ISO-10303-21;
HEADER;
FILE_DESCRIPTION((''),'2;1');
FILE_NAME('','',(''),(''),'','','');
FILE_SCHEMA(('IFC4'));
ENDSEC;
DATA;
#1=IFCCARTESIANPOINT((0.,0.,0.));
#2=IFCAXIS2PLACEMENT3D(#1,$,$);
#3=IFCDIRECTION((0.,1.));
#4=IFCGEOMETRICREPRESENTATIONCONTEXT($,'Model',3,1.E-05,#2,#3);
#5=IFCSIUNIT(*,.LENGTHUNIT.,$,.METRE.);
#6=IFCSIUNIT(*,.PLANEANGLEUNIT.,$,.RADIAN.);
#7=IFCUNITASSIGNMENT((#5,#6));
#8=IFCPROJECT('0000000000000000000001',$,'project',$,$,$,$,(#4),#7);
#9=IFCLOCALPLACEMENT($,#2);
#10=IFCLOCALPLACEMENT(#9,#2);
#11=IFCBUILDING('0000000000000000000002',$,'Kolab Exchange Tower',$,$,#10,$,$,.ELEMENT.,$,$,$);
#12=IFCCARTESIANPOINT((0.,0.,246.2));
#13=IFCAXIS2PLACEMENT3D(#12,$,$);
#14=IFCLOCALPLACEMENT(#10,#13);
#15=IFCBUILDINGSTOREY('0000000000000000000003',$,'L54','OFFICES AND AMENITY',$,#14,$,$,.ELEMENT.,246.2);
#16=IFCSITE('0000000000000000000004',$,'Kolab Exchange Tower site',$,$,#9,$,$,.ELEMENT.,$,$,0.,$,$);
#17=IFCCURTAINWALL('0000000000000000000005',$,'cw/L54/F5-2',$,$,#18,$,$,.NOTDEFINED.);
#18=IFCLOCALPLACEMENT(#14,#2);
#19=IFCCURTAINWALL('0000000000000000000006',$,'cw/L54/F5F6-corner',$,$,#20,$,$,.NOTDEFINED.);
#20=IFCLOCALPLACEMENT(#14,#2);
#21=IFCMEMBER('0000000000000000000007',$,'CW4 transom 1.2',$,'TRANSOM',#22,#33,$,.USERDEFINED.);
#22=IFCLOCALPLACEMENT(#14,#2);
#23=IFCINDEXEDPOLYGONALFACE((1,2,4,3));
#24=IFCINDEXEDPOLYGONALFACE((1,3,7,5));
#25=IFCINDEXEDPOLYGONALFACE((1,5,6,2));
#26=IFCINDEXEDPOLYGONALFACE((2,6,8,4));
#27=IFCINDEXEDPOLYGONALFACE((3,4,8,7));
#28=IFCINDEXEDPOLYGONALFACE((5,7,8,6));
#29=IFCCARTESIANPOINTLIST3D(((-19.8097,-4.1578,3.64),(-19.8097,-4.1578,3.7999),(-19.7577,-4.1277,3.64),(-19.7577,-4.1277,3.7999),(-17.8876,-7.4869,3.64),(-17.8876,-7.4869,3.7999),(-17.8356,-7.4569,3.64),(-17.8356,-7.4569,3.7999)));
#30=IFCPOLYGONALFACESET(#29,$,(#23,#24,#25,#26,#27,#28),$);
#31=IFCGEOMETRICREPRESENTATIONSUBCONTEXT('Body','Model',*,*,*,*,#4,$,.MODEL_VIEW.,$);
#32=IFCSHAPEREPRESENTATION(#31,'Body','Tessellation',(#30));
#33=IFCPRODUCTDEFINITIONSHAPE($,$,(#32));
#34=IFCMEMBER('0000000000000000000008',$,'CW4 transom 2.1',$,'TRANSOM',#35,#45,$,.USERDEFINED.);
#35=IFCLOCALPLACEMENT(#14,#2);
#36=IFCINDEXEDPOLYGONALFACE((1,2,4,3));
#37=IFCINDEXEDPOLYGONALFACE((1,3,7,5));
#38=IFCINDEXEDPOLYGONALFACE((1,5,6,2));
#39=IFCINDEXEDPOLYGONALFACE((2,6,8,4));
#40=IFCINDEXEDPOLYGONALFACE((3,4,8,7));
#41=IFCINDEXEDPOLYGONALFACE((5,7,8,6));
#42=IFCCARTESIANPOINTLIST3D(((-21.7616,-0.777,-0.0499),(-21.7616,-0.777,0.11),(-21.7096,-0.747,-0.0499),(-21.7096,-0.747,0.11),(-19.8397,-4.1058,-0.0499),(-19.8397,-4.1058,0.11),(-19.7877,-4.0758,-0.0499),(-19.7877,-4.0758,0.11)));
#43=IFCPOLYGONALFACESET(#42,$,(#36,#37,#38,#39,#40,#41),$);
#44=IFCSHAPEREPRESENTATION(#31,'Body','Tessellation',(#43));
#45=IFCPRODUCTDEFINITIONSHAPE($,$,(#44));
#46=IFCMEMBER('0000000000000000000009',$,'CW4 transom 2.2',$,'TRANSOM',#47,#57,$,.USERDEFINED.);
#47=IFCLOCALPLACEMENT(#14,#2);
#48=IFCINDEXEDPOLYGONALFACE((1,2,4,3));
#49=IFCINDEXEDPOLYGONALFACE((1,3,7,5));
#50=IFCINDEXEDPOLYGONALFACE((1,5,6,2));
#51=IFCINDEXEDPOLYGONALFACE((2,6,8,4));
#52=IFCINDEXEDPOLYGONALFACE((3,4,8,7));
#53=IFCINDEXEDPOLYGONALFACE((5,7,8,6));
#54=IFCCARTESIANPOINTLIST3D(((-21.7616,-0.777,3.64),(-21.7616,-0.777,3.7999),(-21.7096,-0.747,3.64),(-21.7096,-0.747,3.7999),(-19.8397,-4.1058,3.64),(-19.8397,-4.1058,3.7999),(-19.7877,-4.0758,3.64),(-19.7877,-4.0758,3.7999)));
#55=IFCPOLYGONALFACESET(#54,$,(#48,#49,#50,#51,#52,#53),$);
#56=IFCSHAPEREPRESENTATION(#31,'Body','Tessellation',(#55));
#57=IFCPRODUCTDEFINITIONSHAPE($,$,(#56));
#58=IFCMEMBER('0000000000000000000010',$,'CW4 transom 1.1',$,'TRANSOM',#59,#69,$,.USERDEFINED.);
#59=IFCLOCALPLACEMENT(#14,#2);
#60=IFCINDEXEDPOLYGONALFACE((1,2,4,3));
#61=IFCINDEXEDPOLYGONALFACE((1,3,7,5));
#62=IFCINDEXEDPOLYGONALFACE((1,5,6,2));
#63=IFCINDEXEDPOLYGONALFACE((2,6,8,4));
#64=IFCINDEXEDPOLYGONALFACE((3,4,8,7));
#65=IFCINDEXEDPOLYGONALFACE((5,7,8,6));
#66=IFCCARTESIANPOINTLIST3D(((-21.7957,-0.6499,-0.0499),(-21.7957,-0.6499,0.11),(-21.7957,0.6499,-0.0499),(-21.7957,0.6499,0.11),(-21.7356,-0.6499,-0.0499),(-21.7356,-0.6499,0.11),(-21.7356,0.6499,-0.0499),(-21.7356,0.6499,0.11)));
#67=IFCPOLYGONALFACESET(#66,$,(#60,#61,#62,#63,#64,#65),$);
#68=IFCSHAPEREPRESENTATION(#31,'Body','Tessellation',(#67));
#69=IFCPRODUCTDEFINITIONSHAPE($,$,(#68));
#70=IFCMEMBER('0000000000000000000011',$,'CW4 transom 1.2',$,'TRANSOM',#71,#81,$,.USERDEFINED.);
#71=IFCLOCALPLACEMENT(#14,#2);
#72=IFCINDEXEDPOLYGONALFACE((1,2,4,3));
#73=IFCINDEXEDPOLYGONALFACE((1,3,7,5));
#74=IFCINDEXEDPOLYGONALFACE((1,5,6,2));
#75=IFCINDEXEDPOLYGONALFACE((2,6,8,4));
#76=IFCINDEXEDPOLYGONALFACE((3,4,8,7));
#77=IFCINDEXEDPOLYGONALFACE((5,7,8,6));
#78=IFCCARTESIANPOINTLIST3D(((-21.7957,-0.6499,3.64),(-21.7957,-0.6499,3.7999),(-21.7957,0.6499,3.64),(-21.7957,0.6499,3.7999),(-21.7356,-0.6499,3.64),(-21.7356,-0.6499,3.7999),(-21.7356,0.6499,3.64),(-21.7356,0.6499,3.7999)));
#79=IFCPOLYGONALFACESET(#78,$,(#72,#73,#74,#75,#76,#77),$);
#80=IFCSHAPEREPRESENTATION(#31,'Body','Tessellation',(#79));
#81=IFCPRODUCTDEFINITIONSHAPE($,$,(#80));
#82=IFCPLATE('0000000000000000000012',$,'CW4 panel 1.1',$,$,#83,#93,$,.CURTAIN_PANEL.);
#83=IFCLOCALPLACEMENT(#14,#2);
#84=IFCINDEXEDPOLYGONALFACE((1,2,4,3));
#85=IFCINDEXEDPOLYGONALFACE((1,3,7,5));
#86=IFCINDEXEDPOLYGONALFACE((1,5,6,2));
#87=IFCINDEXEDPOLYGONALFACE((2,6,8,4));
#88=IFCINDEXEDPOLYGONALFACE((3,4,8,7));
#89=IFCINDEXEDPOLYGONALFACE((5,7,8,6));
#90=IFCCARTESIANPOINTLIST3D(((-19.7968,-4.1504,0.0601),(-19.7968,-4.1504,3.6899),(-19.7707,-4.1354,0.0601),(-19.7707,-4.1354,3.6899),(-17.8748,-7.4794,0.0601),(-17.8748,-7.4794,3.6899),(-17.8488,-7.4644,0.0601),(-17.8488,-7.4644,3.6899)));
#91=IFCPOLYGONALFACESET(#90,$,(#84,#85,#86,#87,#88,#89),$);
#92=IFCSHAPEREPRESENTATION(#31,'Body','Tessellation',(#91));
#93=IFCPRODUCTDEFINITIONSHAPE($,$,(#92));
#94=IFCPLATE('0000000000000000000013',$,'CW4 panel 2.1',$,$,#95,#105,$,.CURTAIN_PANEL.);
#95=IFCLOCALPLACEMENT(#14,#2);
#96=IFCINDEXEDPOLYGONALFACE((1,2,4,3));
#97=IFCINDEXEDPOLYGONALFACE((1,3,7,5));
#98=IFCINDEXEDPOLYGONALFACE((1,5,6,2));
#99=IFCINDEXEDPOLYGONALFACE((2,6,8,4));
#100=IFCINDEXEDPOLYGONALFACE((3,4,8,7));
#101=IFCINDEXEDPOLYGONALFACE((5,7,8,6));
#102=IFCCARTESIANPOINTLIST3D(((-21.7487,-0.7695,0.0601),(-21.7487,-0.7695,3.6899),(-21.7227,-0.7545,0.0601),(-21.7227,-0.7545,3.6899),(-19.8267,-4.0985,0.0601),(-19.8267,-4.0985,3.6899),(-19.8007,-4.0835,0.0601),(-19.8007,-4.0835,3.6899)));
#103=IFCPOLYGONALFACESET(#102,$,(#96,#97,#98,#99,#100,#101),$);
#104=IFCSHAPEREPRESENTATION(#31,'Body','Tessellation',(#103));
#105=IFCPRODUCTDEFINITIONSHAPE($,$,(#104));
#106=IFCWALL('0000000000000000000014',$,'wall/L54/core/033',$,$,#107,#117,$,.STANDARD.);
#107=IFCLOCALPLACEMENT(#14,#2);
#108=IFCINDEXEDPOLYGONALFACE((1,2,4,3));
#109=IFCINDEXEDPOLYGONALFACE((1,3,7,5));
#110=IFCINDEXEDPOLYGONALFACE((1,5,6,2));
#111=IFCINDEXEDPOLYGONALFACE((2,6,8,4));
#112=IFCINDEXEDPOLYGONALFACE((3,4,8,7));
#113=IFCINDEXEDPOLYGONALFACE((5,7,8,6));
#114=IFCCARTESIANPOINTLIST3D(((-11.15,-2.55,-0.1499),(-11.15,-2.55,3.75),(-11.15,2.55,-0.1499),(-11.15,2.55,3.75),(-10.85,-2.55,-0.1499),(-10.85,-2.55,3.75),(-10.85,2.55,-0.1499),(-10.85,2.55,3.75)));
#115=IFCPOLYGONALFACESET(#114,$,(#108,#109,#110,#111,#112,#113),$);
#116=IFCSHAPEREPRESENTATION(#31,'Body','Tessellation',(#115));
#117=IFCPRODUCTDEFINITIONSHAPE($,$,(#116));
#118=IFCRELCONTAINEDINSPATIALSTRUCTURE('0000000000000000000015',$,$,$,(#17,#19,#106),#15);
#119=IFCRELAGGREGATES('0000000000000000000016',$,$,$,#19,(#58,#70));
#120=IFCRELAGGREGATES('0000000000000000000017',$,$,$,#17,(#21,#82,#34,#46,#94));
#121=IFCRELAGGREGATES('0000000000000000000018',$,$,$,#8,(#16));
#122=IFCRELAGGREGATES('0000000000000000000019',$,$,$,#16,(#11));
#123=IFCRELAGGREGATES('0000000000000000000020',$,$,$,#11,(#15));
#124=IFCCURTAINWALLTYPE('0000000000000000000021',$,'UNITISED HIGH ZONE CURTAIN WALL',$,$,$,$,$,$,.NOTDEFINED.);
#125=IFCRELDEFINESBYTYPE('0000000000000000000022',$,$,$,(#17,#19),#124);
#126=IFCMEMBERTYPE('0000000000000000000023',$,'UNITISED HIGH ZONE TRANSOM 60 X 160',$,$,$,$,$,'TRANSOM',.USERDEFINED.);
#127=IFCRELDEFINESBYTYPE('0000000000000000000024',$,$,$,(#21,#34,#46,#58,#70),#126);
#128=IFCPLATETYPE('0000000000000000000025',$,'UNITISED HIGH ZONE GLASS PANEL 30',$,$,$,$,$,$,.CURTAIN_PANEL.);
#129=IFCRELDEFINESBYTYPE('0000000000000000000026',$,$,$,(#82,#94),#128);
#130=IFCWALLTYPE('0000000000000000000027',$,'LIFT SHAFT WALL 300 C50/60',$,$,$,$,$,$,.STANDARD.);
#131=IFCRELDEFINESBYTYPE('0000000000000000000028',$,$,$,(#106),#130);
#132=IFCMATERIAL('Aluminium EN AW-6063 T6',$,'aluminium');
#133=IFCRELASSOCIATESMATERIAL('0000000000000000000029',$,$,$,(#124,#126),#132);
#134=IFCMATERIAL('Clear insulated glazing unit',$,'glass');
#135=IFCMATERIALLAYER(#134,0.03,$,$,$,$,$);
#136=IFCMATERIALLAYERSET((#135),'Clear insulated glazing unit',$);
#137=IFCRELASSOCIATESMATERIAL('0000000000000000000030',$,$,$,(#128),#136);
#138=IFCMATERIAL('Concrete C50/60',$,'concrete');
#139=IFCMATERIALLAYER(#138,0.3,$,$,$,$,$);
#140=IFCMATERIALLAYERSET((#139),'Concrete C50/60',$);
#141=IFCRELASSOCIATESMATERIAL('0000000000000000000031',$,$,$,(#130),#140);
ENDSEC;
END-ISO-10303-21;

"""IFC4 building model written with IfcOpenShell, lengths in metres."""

from ifc_helpers import new_model, si_unit, direction, frame, frame_2d, origin, origin_2d, place, context, subcontext, project, spatial, rectangle, extrude, material, layer, layer_set, material_profile, profile_set, type_object, element, aggregate, save


model = new_model("IFC4")

# Units and contexts
model_context = context("Model", 3, precision=1e-05, world=origin(), true_north=direction((0.0, 1.0)))
body_context = subcontext(model_context, "Body", "Model", "MODEL_VIEW")
ifc_project = project(units=[si_unit("LENGTHUNIT", "METRE"), si_unit("PLANEANGLEUNIT", "RADIAN")], contexts=[model_context])

# Site, building, storey
site_placement = place(None, origin())
site = spatial("IfcSite", under=ifc_project, at=site_placement, Name="Kolab Exchange Tower site", CompositionType="ELEMENT", RefElevation=0.0)
building_placement = place(site_placement, origin())
building = spatial("IfcBuilding", under=site, at=building_placement, Name="Kolab Exchange Tower", CompositionType="ELEMENT")
storey_placement = place(building_placement, frame((0.0, 0.0, 246.2)))
storey = spatial("IfcBuildingStorey", under=building, at=storey_placement, Name="L54", Description="OFFICES AND AMENITY", CompositionType="ELEMENT", Elevation=246.2)

# Shared definitions
ifc_material_1 = material(Name="Concrete C50/60", Category="concrete")

# Shared definitions
ifc_material_2 = material(Name="Aluminium EN AW-6063 T6", Category="aluminium")
curtain_wall_type = type_object("IfcCurtainWallType", Name="UNITISED HIGH ZONE CURTAIN WALL", PredefinedType="NOTDEFINED", material=ifc_material_2)

# Curtain wall
curtain_wall_1_placement = place(storey_placement, origin())
curtain_wall_1 = element("IfcCurtainWall", 1, at=curtain_wall_1_placement, inside=storey, type_object=curtain_wall_type, Name="cw/L54/F5-2", PredefinedType="NOTDEFINED")

# Curtain wall
curtain_wall_2_placement = place(storey_placement, origin())
curtain_wall_2 = element("IfcCurtainWall", 2, at=curtain_wall_2_placement, inside=storey, type_object=curtain_wall_type, Name="cw/L54/F5F6-corner", PredefinedType="NOTDEFINED")

# Members
ifc_material_profile_1 = material_profile(ifc_material_2, rectangle(XDim=0.0601, YDim=0.1599, at=origin_2d()), Name="RECT 60X160")
ifc_profile_set_1 = profile_set([ifc_material_profile_1], Name="Aluminium EN AW-6063 T6")
member_type_1 = type_object("IfcMemberType", Name="UNITISED HIGH ZONE TRANSOM 60 X 160", ElementType="TRANSOM", PredefinedType="USERDEFINED", material=ifc_profile_set_1)
member_1_placement = place(storey_placement, frame((-17.8616, -7.4719, 3.72), z_axis=(-0.500012, 0.866018, 0.0), x_axis=(-0.866018, -0.500012, 0.0)))
member_1 = element("IfcMember", 3, at=member_1_placement, type_object=member_type_1, Name="CW4 transom 1.2", ObjectType="TRANSOM", PredefinedType="USERDEFINED", context=body_context, shape_type="SweptSolid", body=[
    extrude(rectangle(XDim=0.0601, YDim=0.1599, at=origin_2d()), origin(), (0.0, 0.0, 1.0), 3.8442),
])
member_2_placement = place(storey_placement, frame((-19.8137, -4.0908, 0.03), z_axis=(-0.499992, 0.86603, 0.0), x_axis=(-0.86603, -0.499992, 0.0)))
member_2 = element("IfcMember", 4, at=member_2_placement, type_object=member_type_1, Name="CW4 transom 2.1", ObjectType="TRANSOM", PredefinedType="USERDEFINED", context=body_context, shape_type="SweptSolid", body=[
    extrude(rectangle(XDim=0.0601, YDim=0.1599, at=origin_2d()), origin(), (0.0, 0.0, 1.0), 3.8438),
])
member_3_placement = place(storey_placement, frame((-19.8137, -4.0908, 3.72), z_axis=(-0.499992, 0.86603, 0.0), x_axis=(-0.86603, -0.499992, 0.0)))
member_3 = element("IfcMember", 5, at=member_3_placement, type_object=member_type_1, Name="CW4 transom 2.2", ObjectType="TRANSOM", PredefinedType="USERDEFINED", context=body_context, shape_type="SweptSolid", body=[
    extrude(rectangle(XDim=0.0601, YDim=0.1599, at=origin_2d()), origin(), (0.0, 0.0, 1.0), 3.8438),
])
member_4_placement = place(storey_placement, frame((-21.7656, -0.6499, 0.03), z_axis=(0.0, 1.0, 0.0), x_axis=(-1.0, 0.0, 0.0)))
member_4 = element("IfcMember", 6, at=member_4_placement, type_object=member_type_1, Name="CW4 transom 1.1", ObjectType="TRANSOM", PredefinedType="USERDEFINED", context=body_context, shape_type="SweptSolid", body=[
    extrude(rectangle(XDim=0.0601, YDim=0.1599, at=origin_2d()), origin(), (0.0, 0.0, 1.0), 1.2998),
])
member_5_placement = place(storey_placement, frame((-21.7656, -0.6499, 3.72), z_axis=(0.0, 1.0, 0.0), x_axis=(-1.0, 0.0, 0.0)))
member_5 = element("IfcMember", 7, at=member_5_placement, type_object=member_type_1, Name="CW4 transom 1.2", ObjectType="TRANSOM", PredefinedType="USERDEFINED", context=body_context, shape_type="SweptSolid", body=[
    extrude(rectangle(XDim=0.0601, YDim=0.1599, at=origin_2d()), origin(), (0.0, 0.0, 1.0), 1.2998),
])
aggregate(curtain_wall_2, [member_4, member_5])

# Plates
ifc_material_3 = material(Name="Clear insulated glazing unit", Category="glass")
ifc_layer_1 = layer(ifc_material_3, 0.03)
ifc_layer_set_1 = layer_set([ifc_layer_1], Name="Clear insulated glazing unit")
plate_type = type_object("IfcPlateType", Name="UNITISED HIGH ZONE GLASS PANEL 30", PredefinedType="CURTAIN_PANEL", material=ifc_layer_set_1)
plate_1_placement = place(storey_placement, frame((-18.8228, -5.8074, 0.0601), z_axis=(0.0, 0.0, 1.0), x_axis=(-0.5, 0.866025, 0.0)))
plate_1 = element("IfcPlate", 8, at=plate_1_placement, type_object=plate_type, Name="CW4 panel 1.1", PredefinedType="CURTAIN_PANEL", context=body_context, shape_type="SweptSolid", body=[
    extrude(rectangle(XDim=3.844, YDim=0.03, at=origin_2d()), origin(), (0.0, 0.0, 1.0), 3.6299),
])
plate_2_placement = place(storey_placement, frame((-20.7747, -2.4265, 0.0601), z_axis=(0.0, 0.0, 1.0), x_axis=(-0.5, 0.866025, 0.0)))
plate_2 = element("IfcPlate", 9, at=plate_2_placement, type_object=plate_type, Name="CW4 panel 2.1", PredefinedType="CURTAIN_PANEL", context=body_context, shape_type="SweptSolid", body=[
    extrude(rectangle(XDim=3.844, YDim=0.03, at=origin_2d()), origin(), (0.0, 0.0, 1.0), 3.6299),
])
aggregate(curtain_wall_1, [member_1, plate_1, member_2, member_3, plate_2])

# Wall
ifc_layer_2 = layer(ifc_material_1, 0.3)
ifc_layer_set_2 = layer_set([ifc_layer_2], Name="Concrete C50/60")
wall_type_1 = type_object("IfcWallType", Name="LIFT SHAFT WALL 300 C50/60", PredefinedType="STANDARD", material=ifc_layer_set_2)
wall_1_placement = place(storey_placement, frame((-11.0, -2.55, -0.1499), z_axis=(0.0, 0.0, 1.0), x_axis=(0.0, 1.0, 0.0)))
element("IfcWall", 10, at=wall_1_placement, inside=storey, type_object=wall_type_1, Name="wall/L54/core/033", PredefinedType="STANDARD", context=body_context, shape_type="SweptSolid", body=[
    extrude(rectangle(XDim=5.1001, YDim=0.3, at=frame_2d((2.55, 0.0))), origin(), (0.0, 0.0, 1.0), 3.8999),
])

save(model, "model.ifc")
